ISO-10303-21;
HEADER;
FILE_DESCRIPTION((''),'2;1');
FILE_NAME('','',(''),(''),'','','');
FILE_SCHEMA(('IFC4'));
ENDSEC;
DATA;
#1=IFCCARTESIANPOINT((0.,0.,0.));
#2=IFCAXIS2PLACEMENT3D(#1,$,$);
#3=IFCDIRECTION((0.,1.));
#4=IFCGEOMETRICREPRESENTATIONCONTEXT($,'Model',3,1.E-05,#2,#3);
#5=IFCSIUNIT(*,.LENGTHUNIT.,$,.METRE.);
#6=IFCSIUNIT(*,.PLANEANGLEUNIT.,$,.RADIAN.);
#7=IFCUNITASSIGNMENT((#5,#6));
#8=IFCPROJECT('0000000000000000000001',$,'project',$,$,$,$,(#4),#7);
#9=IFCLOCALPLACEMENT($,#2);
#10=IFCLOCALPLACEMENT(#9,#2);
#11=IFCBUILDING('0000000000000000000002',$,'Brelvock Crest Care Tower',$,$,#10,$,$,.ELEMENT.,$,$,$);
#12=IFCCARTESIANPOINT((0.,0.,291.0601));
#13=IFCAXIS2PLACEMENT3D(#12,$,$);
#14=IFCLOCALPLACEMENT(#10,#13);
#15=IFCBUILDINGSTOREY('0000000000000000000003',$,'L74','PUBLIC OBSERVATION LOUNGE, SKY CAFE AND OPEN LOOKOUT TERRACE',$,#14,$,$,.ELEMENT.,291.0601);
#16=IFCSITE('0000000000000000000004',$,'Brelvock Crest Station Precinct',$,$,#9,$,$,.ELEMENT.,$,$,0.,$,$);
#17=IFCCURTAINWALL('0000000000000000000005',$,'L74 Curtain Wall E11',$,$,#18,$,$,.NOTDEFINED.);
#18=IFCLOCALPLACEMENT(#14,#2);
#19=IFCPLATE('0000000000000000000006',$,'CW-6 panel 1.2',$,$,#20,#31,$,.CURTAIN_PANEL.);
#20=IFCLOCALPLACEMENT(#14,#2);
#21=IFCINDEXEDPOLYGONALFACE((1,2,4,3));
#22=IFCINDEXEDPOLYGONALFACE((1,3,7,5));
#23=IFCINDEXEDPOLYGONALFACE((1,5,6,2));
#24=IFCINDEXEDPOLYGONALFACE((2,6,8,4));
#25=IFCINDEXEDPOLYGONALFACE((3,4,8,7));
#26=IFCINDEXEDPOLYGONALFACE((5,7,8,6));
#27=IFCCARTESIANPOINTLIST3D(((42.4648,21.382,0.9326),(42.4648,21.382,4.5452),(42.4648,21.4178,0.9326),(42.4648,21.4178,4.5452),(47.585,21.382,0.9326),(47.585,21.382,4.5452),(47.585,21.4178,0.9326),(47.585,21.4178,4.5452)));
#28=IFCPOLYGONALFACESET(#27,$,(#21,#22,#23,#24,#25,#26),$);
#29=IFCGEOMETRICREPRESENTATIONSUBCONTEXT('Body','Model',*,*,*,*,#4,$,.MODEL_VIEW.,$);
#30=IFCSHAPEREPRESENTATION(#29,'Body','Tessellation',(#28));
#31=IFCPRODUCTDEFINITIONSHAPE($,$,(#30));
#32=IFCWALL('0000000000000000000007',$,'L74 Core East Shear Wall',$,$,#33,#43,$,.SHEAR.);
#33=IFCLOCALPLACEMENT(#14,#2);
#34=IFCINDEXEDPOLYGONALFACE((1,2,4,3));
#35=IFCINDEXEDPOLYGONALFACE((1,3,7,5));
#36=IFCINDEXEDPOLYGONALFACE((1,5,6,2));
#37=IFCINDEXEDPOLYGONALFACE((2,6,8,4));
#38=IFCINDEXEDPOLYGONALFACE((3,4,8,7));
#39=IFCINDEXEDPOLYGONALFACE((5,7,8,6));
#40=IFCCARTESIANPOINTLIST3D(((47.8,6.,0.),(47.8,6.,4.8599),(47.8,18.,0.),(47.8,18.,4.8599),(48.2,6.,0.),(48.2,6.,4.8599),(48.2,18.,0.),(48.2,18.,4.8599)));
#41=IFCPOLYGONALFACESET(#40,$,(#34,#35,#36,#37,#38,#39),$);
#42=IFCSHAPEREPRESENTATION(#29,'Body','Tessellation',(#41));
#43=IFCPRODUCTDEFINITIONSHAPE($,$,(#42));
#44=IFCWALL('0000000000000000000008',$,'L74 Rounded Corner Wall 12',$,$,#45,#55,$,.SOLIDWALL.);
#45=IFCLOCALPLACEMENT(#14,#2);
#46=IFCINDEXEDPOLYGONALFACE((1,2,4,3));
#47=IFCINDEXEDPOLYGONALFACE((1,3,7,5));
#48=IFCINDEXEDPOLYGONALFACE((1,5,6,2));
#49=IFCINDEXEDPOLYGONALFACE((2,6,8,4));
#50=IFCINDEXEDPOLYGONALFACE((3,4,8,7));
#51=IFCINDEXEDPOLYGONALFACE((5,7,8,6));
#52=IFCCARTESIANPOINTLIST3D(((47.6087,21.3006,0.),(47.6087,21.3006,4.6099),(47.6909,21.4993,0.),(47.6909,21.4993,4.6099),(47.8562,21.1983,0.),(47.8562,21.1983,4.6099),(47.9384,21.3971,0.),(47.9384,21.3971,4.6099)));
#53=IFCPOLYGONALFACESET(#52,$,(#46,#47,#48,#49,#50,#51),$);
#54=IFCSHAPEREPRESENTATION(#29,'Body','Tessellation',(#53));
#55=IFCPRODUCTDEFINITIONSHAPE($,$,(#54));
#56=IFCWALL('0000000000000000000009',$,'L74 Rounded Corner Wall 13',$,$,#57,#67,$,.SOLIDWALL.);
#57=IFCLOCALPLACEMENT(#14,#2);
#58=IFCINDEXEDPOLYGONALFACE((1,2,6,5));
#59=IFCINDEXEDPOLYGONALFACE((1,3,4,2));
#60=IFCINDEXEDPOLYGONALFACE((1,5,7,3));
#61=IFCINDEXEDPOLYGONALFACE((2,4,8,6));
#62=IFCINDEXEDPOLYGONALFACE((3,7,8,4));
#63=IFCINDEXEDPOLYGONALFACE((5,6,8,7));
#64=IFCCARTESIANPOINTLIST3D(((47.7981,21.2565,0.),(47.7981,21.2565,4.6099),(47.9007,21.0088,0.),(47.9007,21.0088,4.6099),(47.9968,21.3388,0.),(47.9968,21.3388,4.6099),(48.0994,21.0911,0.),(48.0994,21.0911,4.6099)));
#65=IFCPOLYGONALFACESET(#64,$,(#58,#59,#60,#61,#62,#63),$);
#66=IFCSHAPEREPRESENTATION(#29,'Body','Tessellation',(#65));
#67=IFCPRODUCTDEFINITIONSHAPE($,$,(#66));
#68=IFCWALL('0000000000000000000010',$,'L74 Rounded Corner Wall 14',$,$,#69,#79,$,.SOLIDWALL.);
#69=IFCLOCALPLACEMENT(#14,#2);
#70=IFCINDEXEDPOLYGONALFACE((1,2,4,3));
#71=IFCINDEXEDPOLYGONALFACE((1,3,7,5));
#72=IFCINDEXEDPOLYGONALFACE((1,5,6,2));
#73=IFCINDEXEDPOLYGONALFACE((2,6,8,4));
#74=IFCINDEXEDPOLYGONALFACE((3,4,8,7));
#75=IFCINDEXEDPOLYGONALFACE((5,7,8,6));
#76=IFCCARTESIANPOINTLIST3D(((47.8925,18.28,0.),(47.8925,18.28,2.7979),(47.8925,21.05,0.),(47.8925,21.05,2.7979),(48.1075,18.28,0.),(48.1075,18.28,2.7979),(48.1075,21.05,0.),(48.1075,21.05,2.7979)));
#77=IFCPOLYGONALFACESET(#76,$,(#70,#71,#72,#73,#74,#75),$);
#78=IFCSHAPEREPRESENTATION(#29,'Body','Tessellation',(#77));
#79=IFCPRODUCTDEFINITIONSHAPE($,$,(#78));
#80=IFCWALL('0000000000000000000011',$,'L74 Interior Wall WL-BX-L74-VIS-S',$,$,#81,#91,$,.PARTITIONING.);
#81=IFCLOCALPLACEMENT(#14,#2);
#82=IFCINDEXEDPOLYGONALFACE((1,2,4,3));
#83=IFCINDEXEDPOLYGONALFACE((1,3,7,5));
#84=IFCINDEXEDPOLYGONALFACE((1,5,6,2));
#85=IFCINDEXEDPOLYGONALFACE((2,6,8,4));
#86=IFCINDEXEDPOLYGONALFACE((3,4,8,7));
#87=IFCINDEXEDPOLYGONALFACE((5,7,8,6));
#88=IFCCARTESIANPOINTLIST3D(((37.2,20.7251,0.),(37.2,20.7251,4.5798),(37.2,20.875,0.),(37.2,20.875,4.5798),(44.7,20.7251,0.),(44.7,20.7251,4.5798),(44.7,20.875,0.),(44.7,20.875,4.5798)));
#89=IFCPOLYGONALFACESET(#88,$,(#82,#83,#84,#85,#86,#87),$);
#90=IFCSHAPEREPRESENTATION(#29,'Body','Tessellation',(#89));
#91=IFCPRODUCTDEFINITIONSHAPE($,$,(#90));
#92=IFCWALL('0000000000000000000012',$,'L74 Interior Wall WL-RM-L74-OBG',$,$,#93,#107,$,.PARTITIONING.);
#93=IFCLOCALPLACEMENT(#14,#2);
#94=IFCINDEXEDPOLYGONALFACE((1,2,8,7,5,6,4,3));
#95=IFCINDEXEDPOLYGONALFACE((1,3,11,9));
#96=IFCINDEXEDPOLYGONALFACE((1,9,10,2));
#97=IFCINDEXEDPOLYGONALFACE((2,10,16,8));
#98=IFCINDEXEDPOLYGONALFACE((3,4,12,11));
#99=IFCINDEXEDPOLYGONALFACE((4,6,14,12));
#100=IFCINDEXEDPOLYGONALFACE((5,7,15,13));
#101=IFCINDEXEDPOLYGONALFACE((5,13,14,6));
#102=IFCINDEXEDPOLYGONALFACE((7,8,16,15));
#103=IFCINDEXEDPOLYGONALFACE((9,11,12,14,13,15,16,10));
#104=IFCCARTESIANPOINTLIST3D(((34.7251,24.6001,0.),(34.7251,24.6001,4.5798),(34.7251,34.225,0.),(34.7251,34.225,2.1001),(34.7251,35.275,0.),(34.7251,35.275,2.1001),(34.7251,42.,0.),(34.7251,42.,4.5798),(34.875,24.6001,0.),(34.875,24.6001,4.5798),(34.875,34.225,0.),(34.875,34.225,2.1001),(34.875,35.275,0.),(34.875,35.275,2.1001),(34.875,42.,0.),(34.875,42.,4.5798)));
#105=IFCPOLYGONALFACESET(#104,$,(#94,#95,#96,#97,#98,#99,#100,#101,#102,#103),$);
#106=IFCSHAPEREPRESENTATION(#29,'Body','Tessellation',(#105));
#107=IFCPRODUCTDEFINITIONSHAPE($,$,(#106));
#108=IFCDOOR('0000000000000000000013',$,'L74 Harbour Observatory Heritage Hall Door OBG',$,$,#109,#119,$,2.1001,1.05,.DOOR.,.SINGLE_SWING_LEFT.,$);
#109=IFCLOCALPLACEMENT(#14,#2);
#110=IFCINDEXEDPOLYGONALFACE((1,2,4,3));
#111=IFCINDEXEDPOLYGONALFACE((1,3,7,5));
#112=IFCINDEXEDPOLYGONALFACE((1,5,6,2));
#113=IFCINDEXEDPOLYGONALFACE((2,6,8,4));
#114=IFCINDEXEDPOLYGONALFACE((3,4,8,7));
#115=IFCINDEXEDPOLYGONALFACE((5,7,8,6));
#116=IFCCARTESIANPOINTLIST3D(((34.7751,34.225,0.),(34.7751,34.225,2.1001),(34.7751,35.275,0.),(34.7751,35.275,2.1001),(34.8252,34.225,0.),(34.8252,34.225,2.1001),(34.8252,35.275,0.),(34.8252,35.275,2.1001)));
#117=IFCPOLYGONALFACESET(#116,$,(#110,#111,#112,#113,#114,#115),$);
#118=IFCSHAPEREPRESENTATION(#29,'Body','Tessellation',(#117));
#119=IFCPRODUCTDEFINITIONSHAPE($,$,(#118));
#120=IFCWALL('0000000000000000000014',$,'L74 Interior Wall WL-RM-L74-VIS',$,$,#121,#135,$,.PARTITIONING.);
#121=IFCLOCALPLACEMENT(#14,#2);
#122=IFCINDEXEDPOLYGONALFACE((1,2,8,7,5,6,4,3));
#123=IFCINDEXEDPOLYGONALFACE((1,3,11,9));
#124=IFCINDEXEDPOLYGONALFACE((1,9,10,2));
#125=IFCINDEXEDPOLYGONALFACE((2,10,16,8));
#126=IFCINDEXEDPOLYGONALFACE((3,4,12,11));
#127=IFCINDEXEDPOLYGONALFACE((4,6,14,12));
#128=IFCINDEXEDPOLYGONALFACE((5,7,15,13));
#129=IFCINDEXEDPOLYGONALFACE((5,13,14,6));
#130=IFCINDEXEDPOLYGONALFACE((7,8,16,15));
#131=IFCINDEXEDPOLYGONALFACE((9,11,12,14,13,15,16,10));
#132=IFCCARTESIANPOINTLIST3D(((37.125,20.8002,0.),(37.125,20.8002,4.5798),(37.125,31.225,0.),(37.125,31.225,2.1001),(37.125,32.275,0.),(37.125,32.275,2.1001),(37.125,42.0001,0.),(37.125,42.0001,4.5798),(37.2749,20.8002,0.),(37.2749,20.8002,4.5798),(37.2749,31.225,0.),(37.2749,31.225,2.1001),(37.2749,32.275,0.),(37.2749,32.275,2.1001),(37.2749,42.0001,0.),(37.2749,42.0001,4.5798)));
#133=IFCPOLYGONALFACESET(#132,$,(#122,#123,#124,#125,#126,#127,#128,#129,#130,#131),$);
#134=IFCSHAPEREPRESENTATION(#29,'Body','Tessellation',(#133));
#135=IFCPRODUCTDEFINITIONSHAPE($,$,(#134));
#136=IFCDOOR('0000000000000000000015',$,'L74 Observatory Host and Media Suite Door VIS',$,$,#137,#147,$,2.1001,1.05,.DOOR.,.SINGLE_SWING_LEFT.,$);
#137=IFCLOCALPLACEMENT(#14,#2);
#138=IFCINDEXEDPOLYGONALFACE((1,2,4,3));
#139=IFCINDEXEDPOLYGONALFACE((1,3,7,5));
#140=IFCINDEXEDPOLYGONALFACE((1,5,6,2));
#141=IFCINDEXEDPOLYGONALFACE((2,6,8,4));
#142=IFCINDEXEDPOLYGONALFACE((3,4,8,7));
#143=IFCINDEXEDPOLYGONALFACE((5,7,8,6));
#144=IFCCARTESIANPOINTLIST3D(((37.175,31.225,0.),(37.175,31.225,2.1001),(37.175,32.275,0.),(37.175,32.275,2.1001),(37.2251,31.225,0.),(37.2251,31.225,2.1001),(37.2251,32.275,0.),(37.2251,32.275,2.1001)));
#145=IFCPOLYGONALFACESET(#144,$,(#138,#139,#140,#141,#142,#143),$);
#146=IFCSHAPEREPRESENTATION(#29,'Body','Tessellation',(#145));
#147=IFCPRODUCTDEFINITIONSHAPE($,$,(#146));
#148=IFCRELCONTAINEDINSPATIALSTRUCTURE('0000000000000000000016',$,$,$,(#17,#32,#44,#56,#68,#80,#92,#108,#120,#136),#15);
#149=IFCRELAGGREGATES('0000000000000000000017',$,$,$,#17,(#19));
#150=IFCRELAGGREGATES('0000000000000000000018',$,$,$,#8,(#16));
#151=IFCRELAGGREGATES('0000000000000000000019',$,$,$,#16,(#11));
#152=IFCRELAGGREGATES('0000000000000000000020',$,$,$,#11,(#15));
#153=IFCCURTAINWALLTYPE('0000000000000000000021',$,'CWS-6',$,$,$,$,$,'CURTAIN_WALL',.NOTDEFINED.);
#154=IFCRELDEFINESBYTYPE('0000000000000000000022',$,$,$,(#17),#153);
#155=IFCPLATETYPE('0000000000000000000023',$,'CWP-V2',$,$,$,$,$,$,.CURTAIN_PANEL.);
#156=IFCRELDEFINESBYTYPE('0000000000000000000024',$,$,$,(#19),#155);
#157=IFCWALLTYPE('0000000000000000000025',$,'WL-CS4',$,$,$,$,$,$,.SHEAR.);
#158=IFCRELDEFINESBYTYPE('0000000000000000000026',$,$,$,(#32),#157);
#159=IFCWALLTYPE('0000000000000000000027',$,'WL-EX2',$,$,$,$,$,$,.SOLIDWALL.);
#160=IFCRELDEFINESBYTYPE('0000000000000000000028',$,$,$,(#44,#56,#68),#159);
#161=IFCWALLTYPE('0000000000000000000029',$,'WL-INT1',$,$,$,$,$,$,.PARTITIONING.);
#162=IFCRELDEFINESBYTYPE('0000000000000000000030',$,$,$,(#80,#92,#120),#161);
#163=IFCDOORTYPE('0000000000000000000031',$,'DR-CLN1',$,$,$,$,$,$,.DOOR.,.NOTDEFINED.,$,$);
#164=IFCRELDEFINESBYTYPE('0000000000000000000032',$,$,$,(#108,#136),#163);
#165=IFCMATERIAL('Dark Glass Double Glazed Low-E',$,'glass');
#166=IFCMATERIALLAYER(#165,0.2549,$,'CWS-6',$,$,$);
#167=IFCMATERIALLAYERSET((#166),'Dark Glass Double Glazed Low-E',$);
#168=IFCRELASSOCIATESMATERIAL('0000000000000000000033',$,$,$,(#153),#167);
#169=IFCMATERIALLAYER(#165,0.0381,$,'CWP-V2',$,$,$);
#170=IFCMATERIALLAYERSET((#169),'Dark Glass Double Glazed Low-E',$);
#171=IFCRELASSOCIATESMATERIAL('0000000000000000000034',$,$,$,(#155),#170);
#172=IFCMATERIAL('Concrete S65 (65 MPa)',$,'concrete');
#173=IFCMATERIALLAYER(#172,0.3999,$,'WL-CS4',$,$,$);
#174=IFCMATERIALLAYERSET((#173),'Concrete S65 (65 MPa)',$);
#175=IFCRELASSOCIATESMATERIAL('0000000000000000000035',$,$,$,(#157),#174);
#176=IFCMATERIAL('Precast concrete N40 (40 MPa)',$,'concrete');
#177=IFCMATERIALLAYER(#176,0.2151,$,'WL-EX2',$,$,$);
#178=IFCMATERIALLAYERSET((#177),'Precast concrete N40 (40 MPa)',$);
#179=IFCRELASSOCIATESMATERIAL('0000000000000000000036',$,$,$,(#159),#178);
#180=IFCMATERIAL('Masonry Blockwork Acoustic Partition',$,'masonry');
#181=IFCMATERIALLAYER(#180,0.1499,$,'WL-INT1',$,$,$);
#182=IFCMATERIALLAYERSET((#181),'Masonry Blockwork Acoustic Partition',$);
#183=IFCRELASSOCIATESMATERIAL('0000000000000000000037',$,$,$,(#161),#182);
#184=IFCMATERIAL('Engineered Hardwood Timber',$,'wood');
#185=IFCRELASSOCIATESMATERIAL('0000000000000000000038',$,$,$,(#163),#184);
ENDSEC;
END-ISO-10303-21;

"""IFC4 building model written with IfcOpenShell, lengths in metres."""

from ifc_helpers import new_model, si_unit, direction, frame, frame_2d, origin, origin_2d, place, context, subcontext, project, spatial, rectangle, extrude, source, transform, mapped, material, layer, layer_set, type_object, element, fill, aggregate, save


model = new_model("IFC4")

# Units and contexts
model_context = context("Model", 3, precision=1e-05, world=origin(), true_north=direction((0.0, 1.0)))
body_context = subcontext(model_context, "Body", "Model", "MODEL_VIEW")
ifc_project = project(units=[si_unit("LENGTHUNIT", "METRE"), si_unit("PLANEANGLEUNIT", "RADIAN")], contexts=[model_context])

# Site, building, storey
site_placement = place(None, origin())
site = spatial("IfcSite", under=ifc_project, at=site_placement, Name="Brelvock Crest Station Precinct", CompositionType="ELEMENT", RefElevation=0.0)
building_placement = place(site_placement, origin())
building = spatial("IfcBuilding", under=site, at=building_placement, Name="Brelvock Crest Care Tower", CompositionType="ELEMENT")
storey_placement = place(building_placement, frame((0.0, 0.0, 291.0601)))
storey = spatial("IfcBuildingStorey", under=building, at=storey_placement, Name="L74", Description="PUBLIC OBSERVATION LOUNGE, SKY CAFE AND OPEN LOOKOUT TERRACE", CompositionType="ELEMENT", Elevation=291.0601)

# Curtain wall
ifc_material_1 = material(Name="Dark Glass Double Glazed Low-E", Category="glass")
ifc_layer_1 = layer(ifc_material_1, 0.2549, Name="CWS-6")
ifc_layer_set_1 = layer_set([ifc_layer_1], Name="Dark Glass Double Glazed Low-E")
curtain_wall_type = type_object("IfcCurtainWallType", Name="CWS-6", ElementType="CURTAIN_WALL", PredefinedType="NOTDEFINED", material=ifc_layer_set_1)
curtain_wall_1_placement = place(storey_placement, origin())
curtain_wall_1 = element("IfcCurtainWall", 1, at=curtain_wall_1_placement, inside=storey, type_object=curtain_wall_type, Name="L74 Curtain Wall E11", PredefinedType="NOTDEFINED")

# Plate
ifc_layer_2 = layer(ifc_material_1, 0.0381, Name="CWP-V2")
ifc_layer_set_2 = layer_set([ifc_layer_2], Name="Dark Glass Double Glazed Low-E")
plate_type_1 = type_object("IfcPlateType", Name="CWP-V2", PredefinedType="CURTAIN_PANEL", material=ifc_layer_set_2)
shared_shape_1 = source(origin(), body_context, "Body", "SweptSolid", [
    extrude(rectangle(XDim=5.1201, YDim=0.0359, at=origin_2d()), origin(), (0.0, 0.0, 1.0), 3.6125),
])
plate_1_placement = place(storey_placement, frame((45.0249, 21.3999, 0.9326), z_axis=(0.0, 0.0, 1.0), x_axis=(1.0, 0.0, 0.0)))
plate_1 = element("IfcPlate", 2, at=plate_1_placement, type_object=plate_type_1, Name="CW-6 panel 1.2", PredefinedType="CURTAIN_PANEL", context=body_context, shape_type="MappedRepresentation", body=[
    mapped(shared_shape_1, transform((0.0, 0.0, 0.0), x_axis=(1.0, 0.0, 0.0), y_axis=(0.0, 1.0, 0.0), z_axis=(0.0, 0.0, 1.0), scale=1.0)),
])
aggregate(curtain_wall_1, [plate_1])

# Walls
ifc_material_2 = material(Name="Concrete S65 (65 MPa)", Category="concrete")
ifc_layer_3 = layer(ifc_material_2, 0.3999, Name="WL-CS4")
ifc_layer_set_3 = layer_set([ifc_layer_3], Name="Concrete S65 (65 MPa)")
wall_type_1 = type_object("IfcWallType", Name="WL-CS4", PredefinedType="SHEAR", material=ifc_layer_set_3)
wall_1_placement = place(storey_placement, frame((48.0, 18.0, 0.0), z_axis=(0.0, 0.0, 1.0), x_axis=(0.0, -1.0, 0.0)))
element("IfcWall", 3, at=wall_1_placement, inside=storey, type_object=wall_type_1, Name="L74 Core East Shear Wall", PredefinedType="SHEAR", context=body_context, shape_type="SweptSolid", body=[
    extrude(rectangle(XDim=12.0, YDim=0.3999, at=frame_2d((6.0, 0.0))), origin(), (0.0, 0.0, 1.0), 4.8599),
])
ifc_material_3 = material(Name="Precast concrete N40 (40 MPa)", Category="concrete")
ifc_layer_4 = layer(ifc_material_3, 0.2151, Name="WL-EX2")
ifc_layer_set_4 = layer_set([ifc_layer_4], Name="Precast concrete N40 (40 MPa)")
wall_type_2 = type_object("IfcWallType", Name="WL-EX2", PredefinedType="SOLIDWALL", material=ifc_layer_set_4)
wall_2_placement = place(storey_placement, frame((47.6499, 21.3999, 0.0), z_axis=(0.0, 0.0, 1.0), x_axis=(0.924205, -0.381896, 0.0)))
element("IfcWall", 4, at=wall_2_placement, inside=storey, type_object=wall_type_2, Name="L74 Rounded Corner Wall 12", PredefinedType="SOLIDWALL", context=body_context, shape_type="SweptSolid", body=[
    extrude(rectangle(XDim=0.2678, YDim=0.2151, at=frame_2d((0.1338, 0.0))), origin(), (0.0, 0.0, 1.0), 4.6099),
])
wall_3_placement = place(storey_placement, frame((47.8975, 21.2976, 0.0), z_axis=(0.0, 0.0, 1.0), x_axis=(0.382674, -0.923884, 0.0)))
element("IfcWall", 5, at=wall_3_placement, inside=storey, type_object=wall_type_2, Name="L74 Rounded Corner Wall 13", PredefinedType="SOLIDWALL", context=body_context, shape_type="SweptSolid", body=[
    extrude(rectangle(XDim=0.2681, YDim=0.2151, at=frame_2d((0.134, 0.0))), origin(), (0.0, 0.0, 1.0), 4.6099),
])
wall_4_placement = place(storey_placement, frame((48.0, 21.05, 0.0), z_axis=(0.0, 0.0, 1.0), x_axis=(0.0, -1.0, 0.0)))
element("IfcWall", 6, at=wall_4_placement, inside=storey, type_object=wall_type_2, Name="L74 Rounded Corner Wall 14", PredefinedType="SOLIDWALL", context=body_context, shape_type="SweptSolid", body=[
    extrude(rectangle(XDim=2.77, YDim=0.2151, at=frame_2d((1.385, 0.0))), origin(), (0.0, 0.0, 1.0), 2.7979),
])
ifc_material_4 = material(Name="Masonry Blockwork Acoustic Partition", Category="masonry")
ifc_layer_5 = layer(ifc_material_4, 0.1499, Name="WL-INT1")
ifc_layer_set_5 = layer_set([ifc_layer_5], Name="Masonry Blockwork Acoustic Partition")
wall_type_3 = type_object("IfcWallType", Name="WL-INT1", PredefinedType="PARTITIONING", material=ifc_layer_set_5)
wall_5_placement = place(storey_placement, frame((37.2, 20.8, 0.0), z_axis=(0.0, 0.0, 1.0), x_axis=(1.0, 0.0, 0.0)))
element("IfcWall", 7, at=wall_5_placement, inside=storey, type_object=wall_type_3, Name="L74 Interior Wall WL-BX-L74-VIS-S", PredefinedType="PARTITIONING", context=body_context, shape_type="SweptSolid", body=[
    extrude(rectangle(XDim=7.5, YDim=0.1499, at=frame_2d((3.75, 0.0))), origin(), (0.0, 0.0, 1.0), 4.5798),
])

# Walls, openings, doors
wall_6_placement = place(storey_placement, frame((34.8, 24.6001, 0.0), z_axis=(0.0, 0.0, 1.0), x_axis=(0.0, 1.0, 0.0)))
wall_6 = element("IfcWall", 8, at=wall_6_placement, inside=storey, type_object=wall_type_3, Name="L74 Interior Wall WL-RM-L74-OBG", PredefinedType="PARTITIONING", context=body_context, shape_type="SweptSolid", body=[
    extrude(rectangle(XDim=17.3999, YDim=0.1499, at=frame_2d((8.7, 0.0))), origin(), (0.0, 0.0, 1.0), 4.5798),
])
opening_1_placement = place(wall_6_placement, frame((9.625, 0.0, 0.0)))
opening_1 = element("IfcOpeningElement", 9, at=opening_1_placement, cuts=wall_6, PredefinedType="OPENING", context=body_context, shape_type="SweptSolid", body=[
    extrude(rectangle(XDim=1.05, YDim=2.1001, at=origin_2d()), frame((0.5249, 0.085, 1.05), z_axis=(0.0, -1.0, 0.0), x_axis=(1.0, 0.0, 0.0)), (0.0, 0.0, 1.0), 0.1699),
])
ifc_material_5 = material(Name="Engineered Hardwood Timber", Category="wood")
door_type_1 = type_object("IfcDoorType", Name="DR-CLN1", OperationType="NOTDEFINED", PredefinedType="DOOR", material=ifc_material_5)
shared_shape_2 = source(origin(), body_context, "Body", "SweptSolid", [
    extrude(rectangle(XDim=1.05, YDim=2.1001, at=origin_2d()), frame((0.5249, 0.0249, 1.05), z_axis=(0.0, -1.0, 0.0), x_axis=(1.0, 0.0, 0.0)), (0.0, 0.0, 1.0), 0.05),
])
door_1_placement = place(opening_1_placement, origin())
door_1 = element("IfcDoor", 10, at=door_1_placement, inside=storey, type_object=door_type_1, Name="L74 Harbour Observatory Heritage Hall Door OBG", OperationType="SINGLE_SWING_LEFT", OverallHeight=2.1001, OverallWidth=1.05, PredefinedType="DOOR", context=body_context, shape_type="MappedRepresentation", body=[
    mapped(shared_shape_2, transform((0.0, 0.0, 0.0), x_axis=(1.0, 0.0, 0.0), y_axis=(0.0, 1.0, 0.0), z_axis=(0.0, 0.0, 1.0), scale=1.0)),
])
fill(opening_1, door_1)
wall_7_placement = place(storey_placement, frame((37.2, 20.8, 0.0), z_axis=(0.0, 0.0, 1.0), x_axis=(0.0, 1.0, 0.0)))
wall_7 = element("IfcWall", 11, at=wall_7_placement, inside=storey, type_object=wall_type_3, Name="L74 Interior Wall WL-RM-L74-VIS", PredefinedType="PARTITIONING", context=body_context, shape_type="SweptSolid", body=[
    extrude(rectangle(XDim=21.2, YDim=0.1499, at=frame_2d((10.6001, 0.0))), origin(), (0.0, 0.0, 1.0), 4.5798),
])
opening_2_placement = place(wall_7_placement, frame((10.425, 0.0, 0.0)))
opening_2 = element("IfcOpeningElement", 12, at=opening_2_placement, cuts=wall_7, PredefinedType="OPENING", context=body_context, shape_type="SweptSolid", body=[
    extrude(rectangle(XDim=1.05, YDim=2.1001, at=origin_2d()), frame((0.5249, 0.085, 1.05), z_axis=(0.0, -1.0, 0.0), x_axis=(1.0, 0.0, 0.0)), (0.0, 0.0, 1.0), 0.1699),
])
door_2_placement = place(opening_2_placement, origin())
door_2 = element("IfcDoor", 13, at=door_2_placement, inside=storey, type_object=door_type_1, Name="L74 Observatory Host and Media Suite Door VIS", OperationType="SINGLE_SWING_LEFT", OverallHeight=2.1001, OverallWidth=1.05, PredefinedType="DOOR", context=body_context, shape_type="MappedRepresentation", body=[
    mapped(shared_shape_2, transform((0.0, 0.0, 0.0), x_axis=(1.0, 0.0, 0.0), y_axis=(0.0, 1.0, 0.0), z_axis=(0.0, 0.0, 1.0), scale=1.0)),
])
fill(opening_2, door_2)

save(model, "model.ifc")
